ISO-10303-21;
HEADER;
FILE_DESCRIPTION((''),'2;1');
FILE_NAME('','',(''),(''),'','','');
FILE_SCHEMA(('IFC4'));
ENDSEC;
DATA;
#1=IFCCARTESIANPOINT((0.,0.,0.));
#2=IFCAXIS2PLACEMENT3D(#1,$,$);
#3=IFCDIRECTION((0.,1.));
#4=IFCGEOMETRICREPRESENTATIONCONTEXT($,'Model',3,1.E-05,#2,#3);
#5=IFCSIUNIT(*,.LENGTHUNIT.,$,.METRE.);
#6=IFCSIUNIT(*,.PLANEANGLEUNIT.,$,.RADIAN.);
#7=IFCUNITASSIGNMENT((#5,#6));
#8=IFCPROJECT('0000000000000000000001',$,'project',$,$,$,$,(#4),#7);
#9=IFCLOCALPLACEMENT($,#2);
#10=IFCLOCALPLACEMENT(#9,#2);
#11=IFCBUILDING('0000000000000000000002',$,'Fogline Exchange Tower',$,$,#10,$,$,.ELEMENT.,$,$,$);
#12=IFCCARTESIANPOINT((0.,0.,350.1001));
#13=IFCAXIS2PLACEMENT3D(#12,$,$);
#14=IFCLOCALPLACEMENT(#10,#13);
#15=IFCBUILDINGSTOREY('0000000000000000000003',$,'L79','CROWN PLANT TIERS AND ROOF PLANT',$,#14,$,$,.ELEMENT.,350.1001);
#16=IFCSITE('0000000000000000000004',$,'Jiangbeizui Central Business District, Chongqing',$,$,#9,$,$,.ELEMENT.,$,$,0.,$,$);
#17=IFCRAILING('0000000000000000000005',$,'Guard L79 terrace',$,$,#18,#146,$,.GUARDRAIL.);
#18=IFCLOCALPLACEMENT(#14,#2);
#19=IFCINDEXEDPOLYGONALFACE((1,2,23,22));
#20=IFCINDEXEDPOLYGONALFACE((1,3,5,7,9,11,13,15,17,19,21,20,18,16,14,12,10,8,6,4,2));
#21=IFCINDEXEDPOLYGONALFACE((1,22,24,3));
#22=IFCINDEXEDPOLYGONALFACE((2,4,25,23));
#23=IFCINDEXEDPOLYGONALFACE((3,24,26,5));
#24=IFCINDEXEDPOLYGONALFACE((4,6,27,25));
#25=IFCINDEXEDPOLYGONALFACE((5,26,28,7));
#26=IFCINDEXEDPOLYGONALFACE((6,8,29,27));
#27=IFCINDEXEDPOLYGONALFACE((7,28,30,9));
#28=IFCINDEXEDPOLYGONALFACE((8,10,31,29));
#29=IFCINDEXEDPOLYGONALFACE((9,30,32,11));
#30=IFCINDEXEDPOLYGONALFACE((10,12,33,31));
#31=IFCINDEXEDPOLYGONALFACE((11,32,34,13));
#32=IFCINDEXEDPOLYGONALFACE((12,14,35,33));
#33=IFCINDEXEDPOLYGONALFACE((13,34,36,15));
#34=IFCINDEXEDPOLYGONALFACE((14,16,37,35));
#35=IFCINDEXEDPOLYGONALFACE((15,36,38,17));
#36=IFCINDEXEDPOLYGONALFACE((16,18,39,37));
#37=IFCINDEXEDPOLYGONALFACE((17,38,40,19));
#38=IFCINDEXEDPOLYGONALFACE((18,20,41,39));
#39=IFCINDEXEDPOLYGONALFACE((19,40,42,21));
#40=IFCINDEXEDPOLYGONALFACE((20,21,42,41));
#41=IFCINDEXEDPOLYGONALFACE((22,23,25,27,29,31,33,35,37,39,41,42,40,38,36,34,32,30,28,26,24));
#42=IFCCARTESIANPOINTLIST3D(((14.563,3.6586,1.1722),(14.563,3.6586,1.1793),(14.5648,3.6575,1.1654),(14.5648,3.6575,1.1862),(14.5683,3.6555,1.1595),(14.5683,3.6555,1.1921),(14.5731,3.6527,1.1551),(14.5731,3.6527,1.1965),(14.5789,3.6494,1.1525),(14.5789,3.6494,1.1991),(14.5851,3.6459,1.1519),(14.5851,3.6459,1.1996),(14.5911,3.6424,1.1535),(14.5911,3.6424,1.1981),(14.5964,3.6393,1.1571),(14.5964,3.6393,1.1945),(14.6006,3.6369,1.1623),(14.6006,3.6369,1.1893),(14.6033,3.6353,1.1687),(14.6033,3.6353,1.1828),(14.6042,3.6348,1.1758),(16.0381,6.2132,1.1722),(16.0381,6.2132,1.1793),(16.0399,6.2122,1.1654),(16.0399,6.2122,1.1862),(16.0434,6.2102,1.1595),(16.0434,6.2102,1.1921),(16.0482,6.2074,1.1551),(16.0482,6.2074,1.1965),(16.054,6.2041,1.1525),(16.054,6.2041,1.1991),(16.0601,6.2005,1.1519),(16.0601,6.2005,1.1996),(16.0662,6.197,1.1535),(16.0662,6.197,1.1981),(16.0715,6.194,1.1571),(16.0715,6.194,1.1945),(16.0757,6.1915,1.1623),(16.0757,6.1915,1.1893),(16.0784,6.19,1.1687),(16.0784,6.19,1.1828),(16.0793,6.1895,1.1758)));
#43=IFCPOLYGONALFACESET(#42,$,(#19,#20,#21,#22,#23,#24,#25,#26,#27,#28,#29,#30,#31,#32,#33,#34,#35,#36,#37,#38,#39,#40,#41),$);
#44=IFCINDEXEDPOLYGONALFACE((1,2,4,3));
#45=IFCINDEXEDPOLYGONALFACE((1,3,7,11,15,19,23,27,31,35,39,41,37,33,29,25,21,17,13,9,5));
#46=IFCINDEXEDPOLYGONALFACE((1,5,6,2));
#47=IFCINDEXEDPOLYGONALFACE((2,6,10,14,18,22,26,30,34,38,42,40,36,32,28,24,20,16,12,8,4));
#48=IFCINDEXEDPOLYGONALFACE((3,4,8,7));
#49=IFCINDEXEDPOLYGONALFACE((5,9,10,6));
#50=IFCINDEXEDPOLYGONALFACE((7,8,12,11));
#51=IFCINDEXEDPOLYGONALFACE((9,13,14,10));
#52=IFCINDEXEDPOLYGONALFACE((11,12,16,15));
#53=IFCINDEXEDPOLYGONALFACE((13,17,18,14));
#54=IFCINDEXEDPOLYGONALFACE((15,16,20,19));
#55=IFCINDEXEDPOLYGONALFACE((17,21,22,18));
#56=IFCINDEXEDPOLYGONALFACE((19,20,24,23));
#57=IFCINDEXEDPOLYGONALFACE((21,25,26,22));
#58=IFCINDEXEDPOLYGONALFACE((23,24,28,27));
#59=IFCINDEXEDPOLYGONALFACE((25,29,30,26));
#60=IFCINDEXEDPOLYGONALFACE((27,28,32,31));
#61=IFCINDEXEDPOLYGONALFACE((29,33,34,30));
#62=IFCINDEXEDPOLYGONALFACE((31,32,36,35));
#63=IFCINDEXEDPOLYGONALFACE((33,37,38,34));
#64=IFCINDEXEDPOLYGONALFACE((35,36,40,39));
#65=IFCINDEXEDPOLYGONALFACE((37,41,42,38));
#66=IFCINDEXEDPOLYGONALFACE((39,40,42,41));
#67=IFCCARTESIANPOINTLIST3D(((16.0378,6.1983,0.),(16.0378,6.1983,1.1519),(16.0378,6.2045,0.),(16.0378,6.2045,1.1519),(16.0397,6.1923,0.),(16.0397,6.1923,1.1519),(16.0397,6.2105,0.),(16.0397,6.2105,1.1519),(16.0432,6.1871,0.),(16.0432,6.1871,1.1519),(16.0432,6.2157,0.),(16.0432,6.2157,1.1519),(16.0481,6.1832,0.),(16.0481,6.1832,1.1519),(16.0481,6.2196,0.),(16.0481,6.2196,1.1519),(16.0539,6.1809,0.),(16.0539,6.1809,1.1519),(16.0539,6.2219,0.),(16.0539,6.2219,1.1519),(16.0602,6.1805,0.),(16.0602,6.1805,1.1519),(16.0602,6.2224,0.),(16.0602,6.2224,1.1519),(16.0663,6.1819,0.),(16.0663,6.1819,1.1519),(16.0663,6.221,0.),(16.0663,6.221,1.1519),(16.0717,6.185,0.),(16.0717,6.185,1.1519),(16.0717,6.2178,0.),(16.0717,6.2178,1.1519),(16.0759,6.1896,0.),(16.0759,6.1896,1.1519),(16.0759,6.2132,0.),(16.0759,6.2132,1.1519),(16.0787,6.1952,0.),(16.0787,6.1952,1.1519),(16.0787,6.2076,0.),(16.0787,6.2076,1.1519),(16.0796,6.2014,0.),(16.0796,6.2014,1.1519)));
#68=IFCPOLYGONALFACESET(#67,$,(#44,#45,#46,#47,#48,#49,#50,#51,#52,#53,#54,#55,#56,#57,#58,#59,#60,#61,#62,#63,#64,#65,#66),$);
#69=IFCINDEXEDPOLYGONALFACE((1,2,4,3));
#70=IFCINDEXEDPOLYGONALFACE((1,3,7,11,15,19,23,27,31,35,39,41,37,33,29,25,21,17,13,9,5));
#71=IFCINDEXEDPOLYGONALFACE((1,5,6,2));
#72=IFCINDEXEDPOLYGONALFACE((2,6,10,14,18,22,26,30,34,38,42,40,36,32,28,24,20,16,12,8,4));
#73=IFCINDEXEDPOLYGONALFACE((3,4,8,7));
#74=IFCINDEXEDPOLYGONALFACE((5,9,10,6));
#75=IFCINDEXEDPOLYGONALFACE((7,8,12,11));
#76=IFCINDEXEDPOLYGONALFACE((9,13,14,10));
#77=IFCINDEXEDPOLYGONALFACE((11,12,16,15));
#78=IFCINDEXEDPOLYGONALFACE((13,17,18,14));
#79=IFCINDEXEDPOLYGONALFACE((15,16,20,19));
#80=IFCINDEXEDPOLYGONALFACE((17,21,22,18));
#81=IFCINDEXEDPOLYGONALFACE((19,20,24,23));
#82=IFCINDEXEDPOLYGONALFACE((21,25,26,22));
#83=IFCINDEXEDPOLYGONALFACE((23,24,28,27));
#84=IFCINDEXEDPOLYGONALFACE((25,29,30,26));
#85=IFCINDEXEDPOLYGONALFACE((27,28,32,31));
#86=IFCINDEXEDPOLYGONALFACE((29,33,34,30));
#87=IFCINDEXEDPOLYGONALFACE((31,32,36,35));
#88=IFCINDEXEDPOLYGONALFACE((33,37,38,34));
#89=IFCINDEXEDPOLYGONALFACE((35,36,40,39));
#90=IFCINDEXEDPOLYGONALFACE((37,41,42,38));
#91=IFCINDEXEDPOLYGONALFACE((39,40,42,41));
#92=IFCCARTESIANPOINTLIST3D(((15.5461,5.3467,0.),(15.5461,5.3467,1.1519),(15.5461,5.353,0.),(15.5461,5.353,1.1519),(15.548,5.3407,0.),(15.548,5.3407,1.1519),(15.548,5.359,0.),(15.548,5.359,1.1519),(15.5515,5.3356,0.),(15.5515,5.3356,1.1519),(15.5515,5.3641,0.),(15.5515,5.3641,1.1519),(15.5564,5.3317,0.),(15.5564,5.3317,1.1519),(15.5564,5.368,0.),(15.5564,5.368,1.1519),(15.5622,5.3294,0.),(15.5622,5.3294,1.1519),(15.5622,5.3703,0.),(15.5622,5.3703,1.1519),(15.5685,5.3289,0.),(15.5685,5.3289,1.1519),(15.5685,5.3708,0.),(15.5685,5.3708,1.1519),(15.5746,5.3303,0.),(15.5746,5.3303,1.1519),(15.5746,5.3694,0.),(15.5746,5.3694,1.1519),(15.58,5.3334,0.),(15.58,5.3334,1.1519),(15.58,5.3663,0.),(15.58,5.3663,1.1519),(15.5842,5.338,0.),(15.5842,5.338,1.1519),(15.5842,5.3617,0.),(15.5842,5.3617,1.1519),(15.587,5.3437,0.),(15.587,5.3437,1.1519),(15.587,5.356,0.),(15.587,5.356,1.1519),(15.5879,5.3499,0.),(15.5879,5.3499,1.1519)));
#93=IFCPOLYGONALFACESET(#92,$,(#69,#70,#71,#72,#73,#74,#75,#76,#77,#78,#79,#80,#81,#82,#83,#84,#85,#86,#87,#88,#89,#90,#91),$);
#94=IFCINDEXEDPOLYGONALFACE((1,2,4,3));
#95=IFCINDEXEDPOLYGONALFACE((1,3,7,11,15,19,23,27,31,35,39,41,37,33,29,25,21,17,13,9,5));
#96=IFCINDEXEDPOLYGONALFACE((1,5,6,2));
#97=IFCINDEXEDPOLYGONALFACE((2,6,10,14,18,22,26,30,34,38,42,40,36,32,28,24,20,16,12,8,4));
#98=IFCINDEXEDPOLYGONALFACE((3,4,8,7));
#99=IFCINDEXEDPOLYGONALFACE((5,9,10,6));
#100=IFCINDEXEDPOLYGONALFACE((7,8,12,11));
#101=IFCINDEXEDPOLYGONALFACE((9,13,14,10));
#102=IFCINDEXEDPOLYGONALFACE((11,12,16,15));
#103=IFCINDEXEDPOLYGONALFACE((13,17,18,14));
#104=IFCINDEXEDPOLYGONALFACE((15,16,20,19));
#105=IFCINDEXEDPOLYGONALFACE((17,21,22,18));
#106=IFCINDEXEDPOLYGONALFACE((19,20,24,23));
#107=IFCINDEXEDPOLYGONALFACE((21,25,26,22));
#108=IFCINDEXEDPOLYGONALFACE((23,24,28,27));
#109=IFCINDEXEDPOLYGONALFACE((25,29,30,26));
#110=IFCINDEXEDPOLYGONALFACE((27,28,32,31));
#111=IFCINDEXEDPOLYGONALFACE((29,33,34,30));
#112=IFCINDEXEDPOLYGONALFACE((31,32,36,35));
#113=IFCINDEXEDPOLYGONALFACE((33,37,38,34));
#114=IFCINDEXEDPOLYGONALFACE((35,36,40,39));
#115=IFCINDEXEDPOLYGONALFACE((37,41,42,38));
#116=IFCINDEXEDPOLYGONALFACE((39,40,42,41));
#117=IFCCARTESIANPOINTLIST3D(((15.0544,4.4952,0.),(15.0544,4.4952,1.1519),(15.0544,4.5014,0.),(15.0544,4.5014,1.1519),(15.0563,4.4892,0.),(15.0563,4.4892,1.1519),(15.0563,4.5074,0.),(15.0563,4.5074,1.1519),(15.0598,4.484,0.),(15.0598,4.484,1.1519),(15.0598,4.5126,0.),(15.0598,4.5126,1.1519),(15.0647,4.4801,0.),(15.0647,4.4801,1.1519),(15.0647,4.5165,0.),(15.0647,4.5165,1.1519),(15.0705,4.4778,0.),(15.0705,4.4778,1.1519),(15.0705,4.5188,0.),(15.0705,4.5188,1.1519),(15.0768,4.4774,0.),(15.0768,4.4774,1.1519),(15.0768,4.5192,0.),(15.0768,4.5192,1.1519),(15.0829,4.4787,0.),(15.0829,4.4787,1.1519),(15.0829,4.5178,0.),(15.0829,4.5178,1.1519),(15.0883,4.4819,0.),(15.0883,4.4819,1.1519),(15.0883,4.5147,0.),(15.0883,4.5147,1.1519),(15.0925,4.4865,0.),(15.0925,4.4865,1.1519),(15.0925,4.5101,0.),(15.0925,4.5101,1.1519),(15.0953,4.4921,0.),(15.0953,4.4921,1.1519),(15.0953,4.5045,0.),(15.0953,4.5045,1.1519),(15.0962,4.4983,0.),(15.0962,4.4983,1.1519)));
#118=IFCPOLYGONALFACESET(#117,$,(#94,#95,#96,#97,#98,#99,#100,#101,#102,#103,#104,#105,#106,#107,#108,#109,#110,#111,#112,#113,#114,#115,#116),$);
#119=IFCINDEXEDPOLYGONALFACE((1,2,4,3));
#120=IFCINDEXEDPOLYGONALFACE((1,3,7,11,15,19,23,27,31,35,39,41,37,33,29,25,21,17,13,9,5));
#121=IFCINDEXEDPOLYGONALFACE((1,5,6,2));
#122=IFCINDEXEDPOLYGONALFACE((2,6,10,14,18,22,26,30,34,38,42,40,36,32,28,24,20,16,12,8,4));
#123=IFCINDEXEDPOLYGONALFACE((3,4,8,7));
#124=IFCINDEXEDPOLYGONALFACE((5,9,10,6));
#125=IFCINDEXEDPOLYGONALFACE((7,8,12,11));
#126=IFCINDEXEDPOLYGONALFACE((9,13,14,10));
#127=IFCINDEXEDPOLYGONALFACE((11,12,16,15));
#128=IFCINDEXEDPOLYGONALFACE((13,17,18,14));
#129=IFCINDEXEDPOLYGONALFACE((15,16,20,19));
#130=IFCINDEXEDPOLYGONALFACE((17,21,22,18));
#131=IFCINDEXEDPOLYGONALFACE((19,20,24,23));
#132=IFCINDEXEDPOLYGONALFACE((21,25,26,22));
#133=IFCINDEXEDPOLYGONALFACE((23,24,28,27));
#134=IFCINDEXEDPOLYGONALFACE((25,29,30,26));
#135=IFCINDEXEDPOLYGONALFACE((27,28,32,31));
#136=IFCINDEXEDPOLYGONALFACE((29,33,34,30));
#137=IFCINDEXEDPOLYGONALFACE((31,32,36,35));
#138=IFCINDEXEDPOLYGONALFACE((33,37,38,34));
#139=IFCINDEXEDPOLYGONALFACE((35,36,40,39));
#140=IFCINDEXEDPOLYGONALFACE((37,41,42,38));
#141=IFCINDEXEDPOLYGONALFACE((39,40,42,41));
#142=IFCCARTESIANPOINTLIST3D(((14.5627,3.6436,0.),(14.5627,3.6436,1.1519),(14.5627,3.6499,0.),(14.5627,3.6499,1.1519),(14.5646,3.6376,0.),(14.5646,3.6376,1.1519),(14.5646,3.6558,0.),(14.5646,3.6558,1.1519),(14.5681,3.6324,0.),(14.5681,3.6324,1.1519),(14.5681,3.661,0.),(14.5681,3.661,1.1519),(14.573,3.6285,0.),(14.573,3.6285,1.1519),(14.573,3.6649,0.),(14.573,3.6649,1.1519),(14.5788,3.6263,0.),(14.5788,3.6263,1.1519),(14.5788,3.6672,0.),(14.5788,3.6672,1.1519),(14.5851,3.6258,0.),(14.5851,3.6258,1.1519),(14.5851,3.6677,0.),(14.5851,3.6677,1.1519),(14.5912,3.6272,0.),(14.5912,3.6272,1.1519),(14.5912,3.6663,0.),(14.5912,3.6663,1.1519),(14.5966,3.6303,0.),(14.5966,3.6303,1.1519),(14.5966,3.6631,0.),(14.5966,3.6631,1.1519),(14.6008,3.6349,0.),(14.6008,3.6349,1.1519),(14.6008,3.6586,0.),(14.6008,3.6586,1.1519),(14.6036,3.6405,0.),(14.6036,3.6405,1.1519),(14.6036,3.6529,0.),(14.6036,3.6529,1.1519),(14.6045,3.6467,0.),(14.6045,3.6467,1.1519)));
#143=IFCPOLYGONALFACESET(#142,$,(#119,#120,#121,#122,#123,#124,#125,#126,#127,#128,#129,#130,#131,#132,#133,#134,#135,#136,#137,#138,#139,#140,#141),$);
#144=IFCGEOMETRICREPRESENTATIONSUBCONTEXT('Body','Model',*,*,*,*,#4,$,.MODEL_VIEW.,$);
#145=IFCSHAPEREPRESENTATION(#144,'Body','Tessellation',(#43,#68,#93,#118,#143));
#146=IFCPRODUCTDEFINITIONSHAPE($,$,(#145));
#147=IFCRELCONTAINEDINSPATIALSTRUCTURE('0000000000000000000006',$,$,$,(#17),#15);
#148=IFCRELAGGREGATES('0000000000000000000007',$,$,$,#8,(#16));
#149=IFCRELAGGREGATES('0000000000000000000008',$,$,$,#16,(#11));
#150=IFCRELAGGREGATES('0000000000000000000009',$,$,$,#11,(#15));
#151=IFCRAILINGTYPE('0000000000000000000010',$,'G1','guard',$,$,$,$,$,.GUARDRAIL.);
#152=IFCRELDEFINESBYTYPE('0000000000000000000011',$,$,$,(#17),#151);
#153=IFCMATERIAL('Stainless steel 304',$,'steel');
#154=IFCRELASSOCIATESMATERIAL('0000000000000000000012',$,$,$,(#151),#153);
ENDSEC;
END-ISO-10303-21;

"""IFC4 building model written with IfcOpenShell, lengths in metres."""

from ifc_helpers import new_model, si_unit, direction, frame, origin, origin_2d, place, context, subcontext, project, spatial, circle, extrude, material, type_object, element, save


model = new_model("IFC4")

# Units and contexts
model_context = context("Model", 3, precision=1e-05, world=origin(), true_north=direction((0.0, 1.0)))
body_context = subcontext(model_context, "Body", "Model", "MODEL_VIEW")
ifc_project = project(units=[si_unit("LENGTHUNIT", "METRE"), si_unit("PLANEANGLEUNIT", "RADIAN")], contexts=[model_context])

# Site, building, storey
site_placement = place(None, origin())
site = spatial("IfcSite", under=ifc_project, at=site_placement, Name="Jiangbeizui Central Business District, Chongqing", CompositionType="ELEMENT", RefElevation=0.0)
building_placement = place(site_placement, origin())
building = spatial("IfcBuilding", under=site, at=building_placement, Name="Fogline Exchange Tower", CompositionType="ELEMENT")
storey_placement = place(building_placement, frame((0.0, 0.0, 350.1001)))
storey = spatial("IfcBuildingStorey", under=building, at=storey_placement, Name="L79", Description="CROWN PLANT TIERS AND ROOF PLANT", CompositionType="ELEMENT", Elevation=350.1001)

# Railing
ifc_material_1 = material(Name="Stainless steel 304", Category="steel")
railing_type_1 = type_object("IfcRailingType", Name="G1", Description="guard", PredefinedType="GUARDRAIL", material=ifc_material_1)
railing_1_placement = place(storey_placement, frame((16.0586, 6.2014, 0.0)))
element("IfcRailing", 1, at=railing_1_placement, inside=storey, type_object=railing_type_1, Name="Guard L79 terrace", PredefinedType="GUARDRAIL", context=body_context, shape_type="SweptSolid", body=[
    extrude(circle(Radius=0.0239, at=origin_2d()), frame((0.0, 0.0, 1.1758), z_axis=(-0.500038, -0.866004, 0.0), x_axis=(0.866004, -0.500038, 0.0)), (0.0, 0.0, 1.0), 2.95),
    extrude(circle(Radius=0.021, at=origin_2d()), origin(), (0.0, 0.0, 1.0), 1.1519),
    extrude(circle(Radius=0.021, at=origin_2d()), frame((-0.4917, -0.8516, 0.0)), (0.0, 0.0, 1.0), 1.1519),
    extrude(circle(Radius=0.021, at=origin_2d()), frame((-0.9834, -1.7031, 0.0)), (0.0, 0.0, 1.0), 1.1519),
    extrude(circle(Radius=0.021, at=origin_2d()), frame((-1.4751, -2.5547, 0.0)), (0.0, 0.0, 1.0), 1.1519),
])

save(model, "model.ifc")
